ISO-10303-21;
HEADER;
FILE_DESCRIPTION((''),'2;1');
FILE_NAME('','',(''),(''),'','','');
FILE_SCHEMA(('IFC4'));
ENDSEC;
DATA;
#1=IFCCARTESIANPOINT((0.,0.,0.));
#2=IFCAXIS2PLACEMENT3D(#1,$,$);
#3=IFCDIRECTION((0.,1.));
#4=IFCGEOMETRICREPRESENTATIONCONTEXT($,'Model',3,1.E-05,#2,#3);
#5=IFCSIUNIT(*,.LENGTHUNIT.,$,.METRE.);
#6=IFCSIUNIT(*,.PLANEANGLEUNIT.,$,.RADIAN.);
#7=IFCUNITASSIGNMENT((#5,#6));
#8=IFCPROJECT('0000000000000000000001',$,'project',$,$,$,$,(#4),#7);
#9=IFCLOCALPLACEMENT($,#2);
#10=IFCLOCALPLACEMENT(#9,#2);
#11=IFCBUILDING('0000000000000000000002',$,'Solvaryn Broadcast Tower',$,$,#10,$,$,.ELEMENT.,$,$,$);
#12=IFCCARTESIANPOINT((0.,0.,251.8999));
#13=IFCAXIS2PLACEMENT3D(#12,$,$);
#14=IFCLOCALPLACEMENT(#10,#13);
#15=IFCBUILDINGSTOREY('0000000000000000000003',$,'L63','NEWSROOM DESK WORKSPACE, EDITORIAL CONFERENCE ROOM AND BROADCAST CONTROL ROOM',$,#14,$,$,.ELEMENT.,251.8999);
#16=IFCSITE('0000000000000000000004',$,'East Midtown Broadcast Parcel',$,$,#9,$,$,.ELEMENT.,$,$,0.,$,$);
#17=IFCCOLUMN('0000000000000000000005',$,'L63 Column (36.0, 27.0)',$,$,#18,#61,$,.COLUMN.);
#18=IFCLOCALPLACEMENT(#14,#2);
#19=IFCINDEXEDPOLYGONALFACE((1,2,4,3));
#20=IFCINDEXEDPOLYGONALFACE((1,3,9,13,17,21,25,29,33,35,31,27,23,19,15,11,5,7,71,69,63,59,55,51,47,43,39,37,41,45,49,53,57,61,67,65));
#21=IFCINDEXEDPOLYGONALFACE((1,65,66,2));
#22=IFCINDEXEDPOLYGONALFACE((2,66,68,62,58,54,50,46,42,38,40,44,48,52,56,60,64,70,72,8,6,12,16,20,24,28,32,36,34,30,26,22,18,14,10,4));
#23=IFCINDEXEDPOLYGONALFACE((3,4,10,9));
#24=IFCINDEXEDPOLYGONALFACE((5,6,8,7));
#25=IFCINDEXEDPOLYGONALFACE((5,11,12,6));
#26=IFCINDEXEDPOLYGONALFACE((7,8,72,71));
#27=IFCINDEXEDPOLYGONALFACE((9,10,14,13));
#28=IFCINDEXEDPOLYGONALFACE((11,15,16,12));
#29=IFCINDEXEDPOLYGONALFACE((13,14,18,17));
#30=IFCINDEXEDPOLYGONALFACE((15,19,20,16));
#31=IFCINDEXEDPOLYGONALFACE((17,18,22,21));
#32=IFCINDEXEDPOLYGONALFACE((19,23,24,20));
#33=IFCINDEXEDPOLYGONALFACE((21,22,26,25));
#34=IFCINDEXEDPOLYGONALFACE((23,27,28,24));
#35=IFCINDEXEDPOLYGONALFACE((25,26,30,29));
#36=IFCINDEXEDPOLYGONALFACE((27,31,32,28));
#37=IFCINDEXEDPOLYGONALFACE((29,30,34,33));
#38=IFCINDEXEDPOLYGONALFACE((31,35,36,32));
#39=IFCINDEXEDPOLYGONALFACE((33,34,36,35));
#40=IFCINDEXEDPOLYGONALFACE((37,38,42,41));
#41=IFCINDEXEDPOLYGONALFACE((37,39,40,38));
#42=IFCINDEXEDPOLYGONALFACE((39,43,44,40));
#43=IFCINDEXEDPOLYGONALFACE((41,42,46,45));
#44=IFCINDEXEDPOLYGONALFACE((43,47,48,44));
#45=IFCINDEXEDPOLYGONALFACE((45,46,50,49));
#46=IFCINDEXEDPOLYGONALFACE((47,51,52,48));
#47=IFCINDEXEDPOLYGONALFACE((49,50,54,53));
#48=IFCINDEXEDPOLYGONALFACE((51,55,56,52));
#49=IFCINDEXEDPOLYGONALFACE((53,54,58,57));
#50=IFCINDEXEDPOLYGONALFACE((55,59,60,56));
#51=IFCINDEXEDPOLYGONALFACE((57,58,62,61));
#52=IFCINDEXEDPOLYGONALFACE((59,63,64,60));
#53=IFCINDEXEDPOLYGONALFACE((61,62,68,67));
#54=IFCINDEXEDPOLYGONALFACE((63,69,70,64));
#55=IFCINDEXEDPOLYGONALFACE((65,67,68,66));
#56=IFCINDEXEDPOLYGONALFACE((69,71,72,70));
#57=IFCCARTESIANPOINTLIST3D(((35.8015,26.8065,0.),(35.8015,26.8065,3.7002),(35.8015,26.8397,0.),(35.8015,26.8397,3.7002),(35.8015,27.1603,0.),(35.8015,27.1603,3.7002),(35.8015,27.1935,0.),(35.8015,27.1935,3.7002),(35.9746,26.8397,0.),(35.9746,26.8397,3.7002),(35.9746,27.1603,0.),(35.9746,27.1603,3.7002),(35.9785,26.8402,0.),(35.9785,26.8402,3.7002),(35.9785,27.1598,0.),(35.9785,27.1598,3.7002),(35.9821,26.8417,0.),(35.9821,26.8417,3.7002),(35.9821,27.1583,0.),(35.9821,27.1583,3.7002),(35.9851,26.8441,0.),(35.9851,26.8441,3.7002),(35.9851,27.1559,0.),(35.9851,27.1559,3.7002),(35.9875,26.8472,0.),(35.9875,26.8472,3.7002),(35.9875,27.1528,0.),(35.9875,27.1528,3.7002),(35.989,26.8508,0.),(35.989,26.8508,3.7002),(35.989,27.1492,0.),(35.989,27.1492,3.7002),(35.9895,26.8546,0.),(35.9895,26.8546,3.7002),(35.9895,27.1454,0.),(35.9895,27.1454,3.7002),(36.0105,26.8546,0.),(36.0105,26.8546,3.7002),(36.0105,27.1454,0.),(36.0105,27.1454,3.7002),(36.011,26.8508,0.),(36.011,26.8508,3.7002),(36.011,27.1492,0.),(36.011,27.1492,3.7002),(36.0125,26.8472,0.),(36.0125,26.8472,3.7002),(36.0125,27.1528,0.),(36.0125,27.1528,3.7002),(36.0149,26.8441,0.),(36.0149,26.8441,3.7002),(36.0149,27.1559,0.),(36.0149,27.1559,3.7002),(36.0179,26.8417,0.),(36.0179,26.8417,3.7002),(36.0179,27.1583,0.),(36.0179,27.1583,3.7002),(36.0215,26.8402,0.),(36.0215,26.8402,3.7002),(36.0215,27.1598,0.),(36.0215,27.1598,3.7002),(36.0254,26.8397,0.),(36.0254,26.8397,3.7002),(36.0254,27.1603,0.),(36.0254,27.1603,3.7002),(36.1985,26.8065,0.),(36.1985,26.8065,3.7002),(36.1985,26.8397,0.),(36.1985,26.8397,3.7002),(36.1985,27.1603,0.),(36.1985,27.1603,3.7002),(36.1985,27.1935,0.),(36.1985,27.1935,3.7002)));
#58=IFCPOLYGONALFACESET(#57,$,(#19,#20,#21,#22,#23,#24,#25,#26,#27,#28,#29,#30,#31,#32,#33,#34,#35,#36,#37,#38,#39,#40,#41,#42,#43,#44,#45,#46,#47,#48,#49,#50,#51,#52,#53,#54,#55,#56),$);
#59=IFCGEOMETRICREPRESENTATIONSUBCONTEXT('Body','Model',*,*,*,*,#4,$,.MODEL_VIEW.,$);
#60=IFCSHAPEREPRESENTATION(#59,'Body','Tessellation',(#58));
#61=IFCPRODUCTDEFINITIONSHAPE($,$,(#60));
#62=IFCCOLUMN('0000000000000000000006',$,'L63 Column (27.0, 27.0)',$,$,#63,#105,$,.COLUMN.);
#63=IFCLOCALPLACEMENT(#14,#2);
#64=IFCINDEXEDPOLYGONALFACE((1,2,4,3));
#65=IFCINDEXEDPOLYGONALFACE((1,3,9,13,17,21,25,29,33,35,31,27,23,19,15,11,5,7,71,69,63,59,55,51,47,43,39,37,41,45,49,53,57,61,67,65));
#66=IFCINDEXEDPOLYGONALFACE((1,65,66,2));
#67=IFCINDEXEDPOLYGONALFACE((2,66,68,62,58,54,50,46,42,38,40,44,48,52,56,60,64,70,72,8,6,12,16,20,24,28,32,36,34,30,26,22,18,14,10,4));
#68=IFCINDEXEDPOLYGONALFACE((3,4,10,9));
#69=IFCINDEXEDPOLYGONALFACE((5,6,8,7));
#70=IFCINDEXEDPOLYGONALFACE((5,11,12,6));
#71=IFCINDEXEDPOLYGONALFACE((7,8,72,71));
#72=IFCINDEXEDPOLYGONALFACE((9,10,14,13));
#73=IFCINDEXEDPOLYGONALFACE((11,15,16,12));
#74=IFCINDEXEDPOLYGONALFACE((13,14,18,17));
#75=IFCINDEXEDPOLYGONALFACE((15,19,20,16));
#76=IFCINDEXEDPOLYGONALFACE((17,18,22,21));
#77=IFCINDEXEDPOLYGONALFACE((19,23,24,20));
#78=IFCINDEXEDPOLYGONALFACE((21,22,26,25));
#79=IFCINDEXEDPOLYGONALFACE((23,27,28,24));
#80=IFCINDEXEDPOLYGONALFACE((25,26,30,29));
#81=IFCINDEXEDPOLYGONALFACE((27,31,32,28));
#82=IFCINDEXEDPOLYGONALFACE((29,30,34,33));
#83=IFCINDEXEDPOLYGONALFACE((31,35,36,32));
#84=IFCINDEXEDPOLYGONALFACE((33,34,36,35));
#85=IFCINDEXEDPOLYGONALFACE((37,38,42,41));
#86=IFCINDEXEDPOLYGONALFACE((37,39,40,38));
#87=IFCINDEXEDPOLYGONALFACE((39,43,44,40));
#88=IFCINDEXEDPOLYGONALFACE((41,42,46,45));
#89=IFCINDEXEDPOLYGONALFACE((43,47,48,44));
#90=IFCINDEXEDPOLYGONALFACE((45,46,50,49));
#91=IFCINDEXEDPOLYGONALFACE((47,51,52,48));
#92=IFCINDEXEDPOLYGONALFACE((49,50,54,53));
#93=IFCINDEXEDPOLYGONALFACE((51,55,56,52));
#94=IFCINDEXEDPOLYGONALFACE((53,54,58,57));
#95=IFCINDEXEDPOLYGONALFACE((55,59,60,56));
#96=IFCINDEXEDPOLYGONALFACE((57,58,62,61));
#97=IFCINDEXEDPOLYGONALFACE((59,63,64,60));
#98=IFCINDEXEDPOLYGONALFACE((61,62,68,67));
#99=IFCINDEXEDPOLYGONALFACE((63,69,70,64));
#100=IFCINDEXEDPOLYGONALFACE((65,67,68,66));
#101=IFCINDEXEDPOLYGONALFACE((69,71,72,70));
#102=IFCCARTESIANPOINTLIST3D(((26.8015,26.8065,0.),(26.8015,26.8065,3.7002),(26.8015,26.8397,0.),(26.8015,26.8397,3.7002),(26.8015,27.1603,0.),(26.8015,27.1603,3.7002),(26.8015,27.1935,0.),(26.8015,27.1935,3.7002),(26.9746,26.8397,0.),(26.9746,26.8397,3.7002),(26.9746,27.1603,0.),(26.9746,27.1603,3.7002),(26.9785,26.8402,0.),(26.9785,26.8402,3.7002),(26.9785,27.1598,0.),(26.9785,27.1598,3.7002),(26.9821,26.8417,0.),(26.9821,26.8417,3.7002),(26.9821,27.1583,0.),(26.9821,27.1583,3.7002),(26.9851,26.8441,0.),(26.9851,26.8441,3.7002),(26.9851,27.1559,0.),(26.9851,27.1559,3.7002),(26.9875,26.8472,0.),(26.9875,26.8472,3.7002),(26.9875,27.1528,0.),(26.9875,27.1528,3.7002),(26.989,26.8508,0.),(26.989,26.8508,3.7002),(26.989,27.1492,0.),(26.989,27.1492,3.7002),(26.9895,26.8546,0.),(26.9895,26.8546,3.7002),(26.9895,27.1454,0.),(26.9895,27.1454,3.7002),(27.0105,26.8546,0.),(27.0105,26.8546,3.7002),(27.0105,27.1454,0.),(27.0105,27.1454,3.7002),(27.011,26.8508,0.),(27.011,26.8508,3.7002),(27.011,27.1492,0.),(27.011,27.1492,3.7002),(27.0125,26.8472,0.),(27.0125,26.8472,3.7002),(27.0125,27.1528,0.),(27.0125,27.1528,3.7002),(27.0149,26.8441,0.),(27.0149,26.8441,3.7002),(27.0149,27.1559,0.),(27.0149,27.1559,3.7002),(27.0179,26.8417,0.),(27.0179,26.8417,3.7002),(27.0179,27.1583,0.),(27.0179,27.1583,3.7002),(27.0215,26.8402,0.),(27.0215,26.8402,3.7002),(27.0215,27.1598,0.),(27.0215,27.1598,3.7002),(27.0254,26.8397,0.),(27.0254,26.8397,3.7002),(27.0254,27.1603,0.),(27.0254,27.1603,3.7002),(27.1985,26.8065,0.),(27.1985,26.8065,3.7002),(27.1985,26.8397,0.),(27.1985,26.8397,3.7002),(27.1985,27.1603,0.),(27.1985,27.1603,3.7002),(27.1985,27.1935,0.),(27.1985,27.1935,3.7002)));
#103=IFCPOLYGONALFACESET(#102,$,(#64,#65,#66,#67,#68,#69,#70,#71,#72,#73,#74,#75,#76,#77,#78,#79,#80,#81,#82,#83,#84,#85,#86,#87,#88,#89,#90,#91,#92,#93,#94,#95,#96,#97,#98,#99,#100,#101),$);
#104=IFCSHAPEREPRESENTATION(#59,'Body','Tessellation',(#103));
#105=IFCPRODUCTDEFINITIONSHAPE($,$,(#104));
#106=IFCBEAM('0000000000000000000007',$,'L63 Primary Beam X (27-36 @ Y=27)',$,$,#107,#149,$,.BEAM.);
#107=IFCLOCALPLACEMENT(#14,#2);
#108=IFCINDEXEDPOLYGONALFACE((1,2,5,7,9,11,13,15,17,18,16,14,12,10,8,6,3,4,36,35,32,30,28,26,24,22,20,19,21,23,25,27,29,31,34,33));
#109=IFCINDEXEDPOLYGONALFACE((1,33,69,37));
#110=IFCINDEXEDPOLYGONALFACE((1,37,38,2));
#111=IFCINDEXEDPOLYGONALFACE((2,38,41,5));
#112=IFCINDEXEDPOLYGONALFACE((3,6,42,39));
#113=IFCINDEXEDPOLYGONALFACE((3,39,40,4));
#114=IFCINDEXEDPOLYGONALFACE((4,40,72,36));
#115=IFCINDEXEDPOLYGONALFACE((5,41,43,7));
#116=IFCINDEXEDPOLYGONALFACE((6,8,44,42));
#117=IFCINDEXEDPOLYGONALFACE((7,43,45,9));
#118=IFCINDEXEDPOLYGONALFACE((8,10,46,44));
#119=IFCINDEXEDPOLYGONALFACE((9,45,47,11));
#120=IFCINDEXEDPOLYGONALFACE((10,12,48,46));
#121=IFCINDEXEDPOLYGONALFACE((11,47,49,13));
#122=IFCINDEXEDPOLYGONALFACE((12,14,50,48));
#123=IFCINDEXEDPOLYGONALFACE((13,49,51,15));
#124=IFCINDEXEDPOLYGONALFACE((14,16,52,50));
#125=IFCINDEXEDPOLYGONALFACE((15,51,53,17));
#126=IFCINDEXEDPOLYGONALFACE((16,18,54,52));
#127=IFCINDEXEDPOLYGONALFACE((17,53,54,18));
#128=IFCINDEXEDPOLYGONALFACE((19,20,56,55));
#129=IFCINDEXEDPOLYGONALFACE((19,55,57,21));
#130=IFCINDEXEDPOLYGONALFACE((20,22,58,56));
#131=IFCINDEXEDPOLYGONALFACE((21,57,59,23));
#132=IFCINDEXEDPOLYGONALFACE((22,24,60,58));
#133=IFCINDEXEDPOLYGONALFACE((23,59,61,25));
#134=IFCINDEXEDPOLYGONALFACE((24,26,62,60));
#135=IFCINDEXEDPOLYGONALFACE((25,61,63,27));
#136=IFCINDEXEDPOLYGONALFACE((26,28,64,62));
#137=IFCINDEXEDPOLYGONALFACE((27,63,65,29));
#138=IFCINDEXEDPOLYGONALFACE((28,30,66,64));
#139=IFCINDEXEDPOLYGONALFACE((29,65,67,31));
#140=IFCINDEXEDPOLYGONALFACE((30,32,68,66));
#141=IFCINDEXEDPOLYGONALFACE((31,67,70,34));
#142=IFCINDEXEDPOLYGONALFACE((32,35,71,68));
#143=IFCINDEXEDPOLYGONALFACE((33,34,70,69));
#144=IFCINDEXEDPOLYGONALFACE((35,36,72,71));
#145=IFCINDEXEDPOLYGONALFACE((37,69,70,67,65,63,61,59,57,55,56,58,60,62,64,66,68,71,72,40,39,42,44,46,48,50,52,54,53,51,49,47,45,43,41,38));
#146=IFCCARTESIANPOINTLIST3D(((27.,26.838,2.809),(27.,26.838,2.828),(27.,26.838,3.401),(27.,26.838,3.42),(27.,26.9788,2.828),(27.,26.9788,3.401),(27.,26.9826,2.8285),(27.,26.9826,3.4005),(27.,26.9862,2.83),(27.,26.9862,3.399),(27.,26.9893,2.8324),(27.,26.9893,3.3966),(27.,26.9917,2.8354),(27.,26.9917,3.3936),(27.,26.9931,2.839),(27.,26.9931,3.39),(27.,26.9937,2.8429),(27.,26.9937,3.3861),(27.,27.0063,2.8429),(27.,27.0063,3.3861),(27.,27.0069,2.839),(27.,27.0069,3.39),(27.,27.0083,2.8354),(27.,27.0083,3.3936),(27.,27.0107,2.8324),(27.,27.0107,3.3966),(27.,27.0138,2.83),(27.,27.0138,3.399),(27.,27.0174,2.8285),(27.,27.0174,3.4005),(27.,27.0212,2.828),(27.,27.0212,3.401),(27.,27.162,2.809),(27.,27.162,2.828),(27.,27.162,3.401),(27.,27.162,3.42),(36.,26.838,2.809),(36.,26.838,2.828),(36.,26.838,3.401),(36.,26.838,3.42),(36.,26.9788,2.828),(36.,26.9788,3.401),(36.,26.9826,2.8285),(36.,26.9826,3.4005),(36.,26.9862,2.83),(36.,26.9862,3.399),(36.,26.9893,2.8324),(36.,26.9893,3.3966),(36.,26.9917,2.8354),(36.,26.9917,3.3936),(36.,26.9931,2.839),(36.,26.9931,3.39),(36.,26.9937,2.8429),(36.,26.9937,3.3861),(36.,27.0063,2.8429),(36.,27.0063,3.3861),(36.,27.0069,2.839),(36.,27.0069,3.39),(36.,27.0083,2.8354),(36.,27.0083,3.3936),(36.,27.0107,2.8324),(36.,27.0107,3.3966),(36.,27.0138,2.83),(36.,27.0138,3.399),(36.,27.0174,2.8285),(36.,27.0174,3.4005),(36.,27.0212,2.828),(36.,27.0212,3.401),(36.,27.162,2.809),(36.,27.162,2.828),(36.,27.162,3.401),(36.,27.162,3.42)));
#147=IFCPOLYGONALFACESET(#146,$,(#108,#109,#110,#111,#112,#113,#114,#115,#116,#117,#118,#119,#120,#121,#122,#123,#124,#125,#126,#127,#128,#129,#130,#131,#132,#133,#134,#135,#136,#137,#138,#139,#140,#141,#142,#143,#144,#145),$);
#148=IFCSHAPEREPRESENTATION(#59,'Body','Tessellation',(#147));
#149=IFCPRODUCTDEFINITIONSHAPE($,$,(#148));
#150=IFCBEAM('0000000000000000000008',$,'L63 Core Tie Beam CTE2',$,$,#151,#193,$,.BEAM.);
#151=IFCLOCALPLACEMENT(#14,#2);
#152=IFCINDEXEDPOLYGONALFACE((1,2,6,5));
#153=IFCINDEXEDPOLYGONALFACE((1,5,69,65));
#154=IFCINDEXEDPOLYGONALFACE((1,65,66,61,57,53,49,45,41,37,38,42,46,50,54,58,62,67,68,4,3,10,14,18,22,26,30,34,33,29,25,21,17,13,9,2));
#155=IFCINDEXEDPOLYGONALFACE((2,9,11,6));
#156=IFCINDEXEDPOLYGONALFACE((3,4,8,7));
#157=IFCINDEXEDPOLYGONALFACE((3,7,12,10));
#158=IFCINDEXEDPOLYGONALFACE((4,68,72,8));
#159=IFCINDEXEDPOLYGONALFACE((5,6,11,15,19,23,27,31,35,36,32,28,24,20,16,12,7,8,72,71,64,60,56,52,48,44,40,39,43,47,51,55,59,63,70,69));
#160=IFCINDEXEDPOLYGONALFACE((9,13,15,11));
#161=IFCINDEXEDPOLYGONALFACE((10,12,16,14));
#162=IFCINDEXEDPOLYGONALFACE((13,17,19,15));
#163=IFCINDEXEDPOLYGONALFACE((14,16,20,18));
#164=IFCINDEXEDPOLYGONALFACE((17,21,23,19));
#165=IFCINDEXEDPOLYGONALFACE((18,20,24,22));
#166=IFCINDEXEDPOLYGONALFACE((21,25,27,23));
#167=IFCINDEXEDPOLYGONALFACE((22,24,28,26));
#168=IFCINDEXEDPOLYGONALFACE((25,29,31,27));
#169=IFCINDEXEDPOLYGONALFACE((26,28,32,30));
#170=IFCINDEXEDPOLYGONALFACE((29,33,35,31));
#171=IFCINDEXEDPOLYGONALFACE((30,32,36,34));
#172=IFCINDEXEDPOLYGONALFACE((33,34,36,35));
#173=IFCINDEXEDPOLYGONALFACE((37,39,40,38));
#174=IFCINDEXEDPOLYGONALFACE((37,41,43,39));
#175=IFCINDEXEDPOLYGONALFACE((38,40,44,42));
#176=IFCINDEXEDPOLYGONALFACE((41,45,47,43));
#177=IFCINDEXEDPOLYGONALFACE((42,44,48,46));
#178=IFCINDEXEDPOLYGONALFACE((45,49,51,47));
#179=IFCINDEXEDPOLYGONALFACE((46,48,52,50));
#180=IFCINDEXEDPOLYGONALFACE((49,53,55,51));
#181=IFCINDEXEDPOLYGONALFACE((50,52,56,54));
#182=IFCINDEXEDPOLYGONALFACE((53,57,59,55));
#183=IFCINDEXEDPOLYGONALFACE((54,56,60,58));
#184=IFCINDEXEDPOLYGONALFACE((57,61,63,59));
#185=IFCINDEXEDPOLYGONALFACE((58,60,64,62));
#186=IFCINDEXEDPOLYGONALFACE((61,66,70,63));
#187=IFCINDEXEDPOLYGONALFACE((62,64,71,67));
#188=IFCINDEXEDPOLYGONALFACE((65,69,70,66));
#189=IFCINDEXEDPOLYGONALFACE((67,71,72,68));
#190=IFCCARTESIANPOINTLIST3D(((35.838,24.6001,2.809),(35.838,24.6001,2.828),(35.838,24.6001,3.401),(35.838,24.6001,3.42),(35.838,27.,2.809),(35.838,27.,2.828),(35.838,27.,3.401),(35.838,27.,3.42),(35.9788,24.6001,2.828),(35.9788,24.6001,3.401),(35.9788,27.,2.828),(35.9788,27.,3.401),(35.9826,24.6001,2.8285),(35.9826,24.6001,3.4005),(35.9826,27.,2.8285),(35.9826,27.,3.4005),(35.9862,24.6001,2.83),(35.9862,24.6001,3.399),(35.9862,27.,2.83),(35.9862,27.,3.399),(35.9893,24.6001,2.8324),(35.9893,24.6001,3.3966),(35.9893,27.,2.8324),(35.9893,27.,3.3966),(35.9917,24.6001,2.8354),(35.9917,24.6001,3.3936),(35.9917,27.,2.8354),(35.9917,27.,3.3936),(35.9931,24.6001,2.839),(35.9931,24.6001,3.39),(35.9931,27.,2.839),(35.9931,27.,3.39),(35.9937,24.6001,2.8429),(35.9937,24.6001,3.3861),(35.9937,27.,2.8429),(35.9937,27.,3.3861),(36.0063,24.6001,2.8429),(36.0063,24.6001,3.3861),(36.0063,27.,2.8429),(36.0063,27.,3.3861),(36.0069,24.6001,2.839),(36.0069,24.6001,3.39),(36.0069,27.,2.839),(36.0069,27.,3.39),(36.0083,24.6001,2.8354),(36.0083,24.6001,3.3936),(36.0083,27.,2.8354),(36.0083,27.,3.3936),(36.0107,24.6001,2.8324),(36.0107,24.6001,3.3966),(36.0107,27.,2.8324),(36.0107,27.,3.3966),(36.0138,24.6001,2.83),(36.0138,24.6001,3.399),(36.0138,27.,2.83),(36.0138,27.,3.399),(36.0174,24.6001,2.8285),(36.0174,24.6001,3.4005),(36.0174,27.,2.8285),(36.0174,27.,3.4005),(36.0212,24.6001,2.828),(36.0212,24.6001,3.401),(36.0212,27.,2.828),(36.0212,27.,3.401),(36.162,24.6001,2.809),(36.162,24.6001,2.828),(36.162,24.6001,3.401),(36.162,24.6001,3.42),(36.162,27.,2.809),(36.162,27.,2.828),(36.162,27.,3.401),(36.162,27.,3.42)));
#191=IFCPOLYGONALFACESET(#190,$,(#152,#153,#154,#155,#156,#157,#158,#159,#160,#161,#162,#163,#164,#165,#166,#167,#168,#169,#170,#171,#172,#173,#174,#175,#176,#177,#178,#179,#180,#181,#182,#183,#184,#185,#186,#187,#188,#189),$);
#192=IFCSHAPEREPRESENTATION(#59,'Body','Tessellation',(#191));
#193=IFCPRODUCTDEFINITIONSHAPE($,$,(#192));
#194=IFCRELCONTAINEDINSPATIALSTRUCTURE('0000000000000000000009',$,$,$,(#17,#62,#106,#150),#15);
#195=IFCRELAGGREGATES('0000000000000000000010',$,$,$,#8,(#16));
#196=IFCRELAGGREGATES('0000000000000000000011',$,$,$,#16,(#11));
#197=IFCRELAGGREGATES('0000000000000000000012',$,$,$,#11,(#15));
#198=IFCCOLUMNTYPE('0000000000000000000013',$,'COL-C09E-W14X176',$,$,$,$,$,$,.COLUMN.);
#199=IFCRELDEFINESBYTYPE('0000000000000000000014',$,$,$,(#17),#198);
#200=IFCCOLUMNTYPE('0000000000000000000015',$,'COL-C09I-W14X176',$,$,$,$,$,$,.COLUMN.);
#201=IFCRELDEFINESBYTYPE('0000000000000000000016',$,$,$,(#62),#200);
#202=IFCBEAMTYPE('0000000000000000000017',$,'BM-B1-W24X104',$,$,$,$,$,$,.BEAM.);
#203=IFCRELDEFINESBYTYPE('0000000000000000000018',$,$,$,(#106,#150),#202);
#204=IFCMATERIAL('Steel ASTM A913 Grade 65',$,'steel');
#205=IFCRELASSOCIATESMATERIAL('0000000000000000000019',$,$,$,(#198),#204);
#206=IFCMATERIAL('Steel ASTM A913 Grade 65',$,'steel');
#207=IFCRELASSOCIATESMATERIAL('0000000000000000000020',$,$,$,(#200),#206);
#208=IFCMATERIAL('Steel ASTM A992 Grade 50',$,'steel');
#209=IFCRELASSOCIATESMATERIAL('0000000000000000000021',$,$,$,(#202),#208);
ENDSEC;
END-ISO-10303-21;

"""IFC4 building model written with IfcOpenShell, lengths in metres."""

from ifc_helpers import new_model, si_unit, direction, frame, origin, origin_2d, place, context, subcontext, project, spatial, i_section, extrude, material, material_profile, profile_set, type_object, element, save


model = new_model("IFC4")

# Units and contexts
model_context = context("Model", 3, precision=1e-05, world=origin(), true_north=direction((0.0, 1.0)))
body_context = subcontext(model_context, "Body", "Model", "MODEL_VIEW")
ifc_project = project(units=[si_unit("LENGTHUNIT", "METRE"), si_unit("PLANEANGLEUNIT", "RADIAN")], contexts=[model_context])

# Site, building, storey
site_placement = place(None, origin())
site = spatial("IfcSite", under=ifc_project, at=site_placement, Name="East Midtown Broadcast Parcel", CompositionType="ELEMENT", RefElevation=0.0)
building_placement = place(site_placement, origin())
building = spatial("IfcBuilding", under=site, at=building_placement, Name="Solvaryn Broadcast Tower", CompositionType="ELEMENT")
storey_placement = place(building_placement, frame((0.0, 0.0, 251.8999)))
storey = spatial("IfcBuildingStorey", under=building, at=storey_placement, Name="L63", Description="NEWSROOM DESK WORKSPACE, EDITORIAL CONFERENCE ROOM AND BROADCAST CONTROL ROOM", CompositionType="ELEMENT", Elevation=251.8999)

# Columns
ifc_material_1 = material(Name="Steel ASTM A913 Grade 65", Category="steel")
ifc_material_profile_1 = material_profile(ifc_material_1, i_section(OverallWidth=0.397, OverallDepth=0.387, WebThickness=0.021, FlangeThickness=0.0332, FilletRadius=0.0149, at=origin_2d()))
ifc_profile_set_1 = profile_set([ifc_material_profile_1], Name="Steel ASTM A913 Grade 65")
column_type_1 = type_object("IfcColumnType", Name="COL-C09E-W14X176", PredefinedType="COLUMN", material=ifc_profile_set_1)
column_1_placement = place(storey_placement, frame((36.0, 27.0, 0.0), z_axis=(0.0, 0.0, 1.0), x_axis=(1.0, 0.0, 0.0)))
element("IfcColumn", 1, at=column_1_placement, inside=storey, type_object=column_type_1, Name="L63 Column (36.0, 27.0)", PredefinedType="COLUMN", context=body_context, shape_type="SweptSolid", body=[
    extrude(i_section(OverallWidth=0.397, OverallDepth=0.387, WebThickness=0.021, FlangeThickness=0.0332, FilletRadius=0.0149, at=origin_2d()), origin(), (0.0, 0.0, 1.0), 3.7002),
])
ifc_material_2 = material(Name="Steel ASTM A913 Grade 65", Category="steel")
ifc_material_profile_2 = material_profile(ifc_material_2, i_section(OverallWidth=0.397, OverallDepth=0.387, WebThickness=0.021, FlangeThickness=0.0332, FilletRadius=0.0149, at=origin_2d()))
ifc_profile_set_2 = profile_set([ifc_material_profile_2], Name="Steel ASTM A913 Grade 65")
column_type_2 = type_object("IfcColumnType", Name="COL-C09I-W14X176", PredefinedType="COLUMN", material=ifc_profile_set_2)
column_2_placement = place(storey_placement, frame((27.0, 27.0, 0.0), z_axis=(0.0, 0.0, 1.0), x_axis=(1.0, 0.0, 0.0)))
element("IfcColumn", 2, at=column_2_placement, inside=storey, type_object=column_type_2, Name="L63 Column (27.0, 27.0)", PredefinedType="COLUMN", context=body_context, shape_type="SweptSolid", body=[
    extrude(i_section(OverallWidth=0.397, OverallDepth=0.387, WebThickness=0.021, FlangeThickness=0.0332, FilletRadius=0.0149, at=origin_2d()), origin(), (0.0, 0.0, 1.0), 3.7002),
])

# Beams
ifc_material_3 = material(Name="Steel ASTM A992 Grade 50", Category="steel")
ifc_material_profile_3 = material_profile(ifc_material_3, i_section(OverallWidth=0.324, OverallDepth=0.6111, WebThickness=0.0127, FlangeThickness=0.019, FilletRadius=0.0149, at=origin_2d()))
ifc_profile_set_3 = profile_set([ifc_material_profile_3], Name="Steel ASTM A992 Grade 50")
beam_type_1 = type_object("IfcBeamType", Name="BM-B1-W24X104", PredefinedType="BEAM", material=ifc_profile_set_3)
beam_1_placement = place(storey_placement, frame((27.0, 27.0, 3.1145), z_axis=(1.0, 0.0, 0.0), x_axis=(0.0, 1.0, 0.0)))
element("IfcBeam", 3, at=beam_1_placement, inside=storey, type_object=beam_type_1, Name="L63 Primary Beam X (27-36 @ Y=27)", PredefinedType="BEAM", context=body_context, shape_type="SweptSolid", body=[
    extrude(i_section(OverallWidth=0.324, OverallDepth=0.6111, WebThickness=0.0127, FlangeThickness=0.019, FilletRadius=0.0149, at=origin_2d()), origin(), (0.0, 0.0, 1.0), 9.0),
])
beam_2_placement = place(storey_placement, frame((36.0, 24.6001, 3.1145), z_axis=(0.0, 1.0, 0.0), x_axis=(-1.0, 0.0, 0.0)))
element("IfcBeam", 4, at=beam_2_placement, inside=storey, type_object=beam_type_1, Name="L63 Core Tie Beam CTE2", PredefinedType="BEAM", context=body_context, shape_type="SweptSolid", body=[
    extrude(i_section(OverallWidth=0.324, OverallDepth=0.6111, WebThickness=0.0127, FlangeThickness=0.019, FilletRadius=0.0149, at=origin_2d()), origin(), (0.0, 0.0, 1.0), 2.3999),
])

save(model, "model.ifc")
